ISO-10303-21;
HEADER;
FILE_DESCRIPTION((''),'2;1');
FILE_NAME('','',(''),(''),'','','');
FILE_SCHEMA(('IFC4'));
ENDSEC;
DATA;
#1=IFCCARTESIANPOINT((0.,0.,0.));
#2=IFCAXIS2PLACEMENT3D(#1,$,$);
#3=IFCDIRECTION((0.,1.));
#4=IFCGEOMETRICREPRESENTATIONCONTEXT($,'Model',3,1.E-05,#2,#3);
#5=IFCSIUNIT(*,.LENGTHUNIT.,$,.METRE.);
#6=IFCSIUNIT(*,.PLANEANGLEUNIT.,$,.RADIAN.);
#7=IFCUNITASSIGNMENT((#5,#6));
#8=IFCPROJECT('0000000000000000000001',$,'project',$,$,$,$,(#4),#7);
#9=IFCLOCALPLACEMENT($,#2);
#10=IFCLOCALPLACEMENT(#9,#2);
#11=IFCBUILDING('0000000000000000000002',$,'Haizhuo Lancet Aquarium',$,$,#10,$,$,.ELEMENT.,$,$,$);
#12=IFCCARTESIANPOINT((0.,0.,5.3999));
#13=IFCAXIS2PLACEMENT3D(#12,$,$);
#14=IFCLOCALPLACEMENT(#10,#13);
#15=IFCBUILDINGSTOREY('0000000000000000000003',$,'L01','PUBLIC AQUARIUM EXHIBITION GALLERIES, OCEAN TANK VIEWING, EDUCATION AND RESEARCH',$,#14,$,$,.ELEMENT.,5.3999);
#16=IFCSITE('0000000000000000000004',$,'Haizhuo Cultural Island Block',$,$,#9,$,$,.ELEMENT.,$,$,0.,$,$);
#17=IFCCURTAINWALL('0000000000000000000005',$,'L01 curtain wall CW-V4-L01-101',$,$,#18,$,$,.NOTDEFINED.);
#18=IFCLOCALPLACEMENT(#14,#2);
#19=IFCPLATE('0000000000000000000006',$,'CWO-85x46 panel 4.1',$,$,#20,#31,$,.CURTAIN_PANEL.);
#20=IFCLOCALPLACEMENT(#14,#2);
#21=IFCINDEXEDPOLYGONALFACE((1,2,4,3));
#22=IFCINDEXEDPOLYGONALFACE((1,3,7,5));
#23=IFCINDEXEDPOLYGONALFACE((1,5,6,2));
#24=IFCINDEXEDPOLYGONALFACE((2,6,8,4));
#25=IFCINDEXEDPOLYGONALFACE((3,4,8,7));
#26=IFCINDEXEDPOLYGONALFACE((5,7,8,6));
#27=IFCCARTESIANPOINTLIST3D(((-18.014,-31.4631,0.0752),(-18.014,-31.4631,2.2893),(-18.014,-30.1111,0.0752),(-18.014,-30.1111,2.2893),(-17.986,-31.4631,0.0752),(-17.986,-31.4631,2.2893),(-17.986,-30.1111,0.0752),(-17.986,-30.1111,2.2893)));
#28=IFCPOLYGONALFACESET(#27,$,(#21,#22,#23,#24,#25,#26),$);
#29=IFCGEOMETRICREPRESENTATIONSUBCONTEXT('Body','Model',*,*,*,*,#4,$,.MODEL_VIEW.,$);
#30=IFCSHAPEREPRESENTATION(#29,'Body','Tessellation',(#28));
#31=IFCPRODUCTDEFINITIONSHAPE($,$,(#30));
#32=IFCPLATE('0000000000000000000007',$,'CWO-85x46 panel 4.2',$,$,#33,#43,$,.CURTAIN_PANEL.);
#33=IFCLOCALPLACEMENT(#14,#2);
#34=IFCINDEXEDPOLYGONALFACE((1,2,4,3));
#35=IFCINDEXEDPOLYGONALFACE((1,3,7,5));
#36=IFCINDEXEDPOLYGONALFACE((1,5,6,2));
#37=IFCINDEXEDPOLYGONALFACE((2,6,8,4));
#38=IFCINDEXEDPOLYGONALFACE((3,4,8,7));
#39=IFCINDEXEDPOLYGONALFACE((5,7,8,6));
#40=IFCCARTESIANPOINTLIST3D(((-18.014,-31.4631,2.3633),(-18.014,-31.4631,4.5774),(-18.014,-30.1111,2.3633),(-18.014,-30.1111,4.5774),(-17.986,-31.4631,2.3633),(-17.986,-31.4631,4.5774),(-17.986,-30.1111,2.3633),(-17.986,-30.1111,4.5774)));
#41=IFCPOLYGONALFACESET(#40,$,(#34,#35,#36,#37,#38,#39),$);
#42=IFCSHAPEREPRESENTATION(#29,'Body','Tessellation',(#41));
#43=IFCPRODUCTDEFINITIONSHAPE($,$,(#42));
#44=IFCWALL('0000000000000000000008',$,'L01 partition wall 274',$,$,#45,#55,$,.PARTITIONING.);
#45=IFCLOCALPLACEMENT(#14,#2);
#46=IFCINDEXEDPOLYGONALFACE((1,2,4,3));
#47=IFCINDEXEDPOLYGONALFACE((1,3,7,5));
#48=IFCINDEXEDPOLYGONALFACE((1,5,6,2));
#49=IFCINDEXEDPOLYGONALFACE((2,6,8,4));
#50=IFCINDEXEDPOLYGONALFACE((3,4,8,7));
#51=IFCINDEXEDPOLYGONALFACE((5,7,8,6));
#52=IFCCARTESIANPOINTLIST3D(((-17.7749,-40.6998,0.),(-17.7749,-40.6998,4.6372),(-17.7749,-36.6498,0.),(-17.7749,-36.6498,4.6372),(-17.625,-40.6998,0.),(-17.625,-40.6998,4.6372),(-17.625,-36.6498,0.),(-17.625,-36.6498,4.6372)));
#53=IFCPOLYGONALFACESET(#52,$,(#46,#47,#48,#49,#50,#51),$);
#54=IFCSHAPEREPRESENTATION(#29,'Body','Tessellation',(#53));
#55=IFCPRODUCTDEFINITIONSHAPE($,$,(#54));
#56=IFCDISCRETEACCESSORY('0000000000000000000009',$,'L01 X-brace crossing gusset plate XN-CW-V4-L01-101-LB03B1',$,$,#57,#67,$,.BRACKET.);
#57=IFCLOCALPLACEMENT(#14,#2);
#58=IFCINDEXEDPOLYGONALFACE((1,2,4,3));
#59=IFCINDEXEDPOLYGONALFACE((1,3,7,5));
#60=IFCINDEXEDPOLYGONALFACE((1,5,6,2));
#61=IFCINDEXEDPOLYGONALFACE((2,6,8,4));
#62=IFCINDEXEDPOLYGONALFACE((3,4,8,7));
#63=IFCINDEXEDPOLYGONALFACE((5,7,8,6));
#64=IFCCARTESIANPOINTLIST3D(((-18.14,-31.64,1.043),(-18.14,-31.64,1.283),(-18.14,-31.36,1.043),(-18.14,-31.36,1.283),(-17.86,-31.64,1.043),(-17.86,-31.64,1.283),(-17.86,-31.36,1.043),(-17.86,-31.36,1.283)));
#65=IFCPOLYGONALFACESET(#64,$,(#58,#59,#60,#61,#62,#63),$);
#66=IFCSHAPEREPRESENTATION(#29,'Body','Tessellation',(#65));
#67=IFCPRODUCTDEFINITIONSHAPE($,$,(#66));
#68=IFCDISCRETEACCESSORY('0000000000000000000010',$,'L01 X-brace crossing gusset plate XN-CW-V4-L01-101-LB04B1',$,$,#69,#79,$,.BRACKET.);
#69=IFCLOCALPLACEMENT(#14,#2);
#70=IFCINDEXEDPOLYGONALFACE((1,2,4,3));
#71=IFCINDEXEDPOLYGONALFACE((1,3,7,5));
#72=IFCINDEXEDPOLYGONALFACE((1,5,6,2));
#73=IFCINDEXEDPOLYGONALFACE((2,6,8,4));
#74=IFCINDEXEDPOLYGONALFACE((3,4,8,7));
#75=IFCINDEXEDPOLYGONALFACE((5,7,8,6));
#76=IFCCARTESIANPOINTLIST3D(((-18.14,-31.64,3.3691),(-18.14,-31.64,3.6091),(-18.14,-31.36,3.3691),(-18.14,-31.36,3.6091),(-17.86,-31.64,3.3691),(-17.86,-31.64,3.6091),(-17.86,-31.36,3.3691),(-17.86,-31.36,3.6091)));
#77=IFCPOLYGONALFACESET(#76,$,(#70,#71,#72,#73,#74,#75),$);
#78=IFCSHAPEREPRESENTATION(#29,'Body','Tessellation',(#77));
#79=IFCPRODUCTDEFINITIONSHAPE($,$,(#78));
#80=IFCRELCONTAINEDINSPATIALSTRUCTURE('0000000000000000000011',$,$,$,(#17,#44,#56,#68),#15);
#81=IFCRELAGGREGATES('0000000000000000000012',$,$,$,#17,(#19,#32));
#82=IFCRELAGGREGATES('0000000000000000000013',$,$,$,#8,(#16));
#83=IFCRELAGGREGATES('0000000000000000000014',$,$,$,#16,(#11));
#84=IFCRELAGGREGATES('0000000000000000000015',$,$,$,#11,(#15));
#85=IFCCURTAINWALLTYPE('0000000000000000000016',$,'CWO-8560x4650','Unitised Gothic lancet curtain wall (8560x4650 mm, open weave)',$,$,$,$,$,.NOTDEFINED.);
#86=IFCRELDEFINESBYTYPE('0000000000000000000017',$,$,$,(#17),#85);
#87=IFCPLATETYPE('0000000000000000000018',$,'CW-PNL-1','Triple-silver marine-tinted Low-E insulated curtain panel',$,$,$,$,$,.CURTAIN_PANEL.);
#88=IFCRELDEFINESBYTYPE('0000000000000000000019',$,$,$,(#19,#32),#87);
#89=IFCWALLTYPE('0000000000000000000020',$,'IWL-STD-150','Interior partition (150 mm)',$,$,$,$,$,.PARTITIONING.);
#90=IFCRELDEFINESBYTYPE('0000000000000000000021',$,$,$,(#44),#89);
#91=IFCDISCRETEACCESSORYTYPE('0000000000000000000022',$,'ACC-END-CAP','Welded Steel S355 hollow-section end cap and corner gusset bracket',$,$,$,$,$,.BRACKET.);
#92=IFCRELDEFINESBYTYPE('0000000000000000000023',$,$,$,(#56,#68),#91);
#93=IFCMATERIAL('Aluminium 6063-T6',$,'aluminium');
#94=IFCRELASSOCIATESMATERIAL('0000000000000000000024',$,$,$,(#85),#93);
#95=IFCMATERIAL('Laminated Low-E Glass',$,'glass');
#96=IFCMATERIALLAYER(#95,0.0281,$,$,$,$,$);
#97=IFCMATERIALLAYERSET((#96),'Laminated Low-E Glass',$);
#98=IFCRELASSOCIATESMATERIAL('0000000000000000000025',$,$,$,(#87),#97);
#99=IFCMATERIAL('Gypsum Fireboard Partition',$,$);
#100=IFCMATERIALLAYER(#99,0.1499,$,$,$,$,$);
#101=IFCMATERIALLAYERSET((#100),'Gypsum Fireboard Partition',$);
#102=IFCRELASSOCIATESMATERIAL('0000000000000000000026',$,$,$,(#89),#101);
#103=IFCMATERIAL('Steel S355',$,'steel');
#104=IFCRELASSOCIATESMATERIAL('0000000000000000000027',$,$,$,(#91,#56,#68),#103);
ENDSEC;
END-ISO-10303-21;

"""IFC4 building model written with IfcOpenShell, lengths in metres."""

from ifc_helpers import new_model, si_unit, direction, frame, frame_2d, origin, origin_2d, place, context, subcontext, project, spatial, rectangle, extrude, material, layer, layer_set, type_object, element, aggregate, save


model = new_model("IFC4")

# Units and contexts
model_context = context("Model", 3, precision=1e-05, world=origin(), true_north=direction((0.0, 1.0)))
body_context = subcontext(model_context, "Body", "Model", "MODEL_VIEW")
ifc_project = project(units=[si_unit("LENGTHUNIT", "METRE"), si_unit("PLANEANGLEUNIT", "RADIAN")], contexts=[model_context])

# Site, building, storey
site_placement = place(None, origin())
site = spatial("IfcSite", under=ifc_project, at=site_placement, Name="Haizhuo Cultural Island Block", CompositionType="ELEMENT", RefElevation=0.0)
building_placement = place(site_placement, origin())
building = spatial("IfcBuilding", under=site, at=building_placement, Name="Haizhuo Lancet Aquarium", CompositionType="ELEMENT")
storey_placement = place(building_placement, frame((0.0, 0.0, 5.3999)))
storey = spatial("IfcBuildingStorey", under=building, at=storey_placement, Name="L01", Description="PUBLIC AQUARIUM EXHIBITION GALLERIES, OCEAN TANK VIEWING, EDUCATION AND RESEARCH", CompositionType="ELEMENT", Elevation=5.3999)

# Curtain wall
ifc_material_1 = material(Name="Aluminium 6063-T6", Category="aluminium")
curtain_wall_type = type_object("IfcCurtainWallType", Name="CWO-8560x4650", Description="Unitised Gothic lancet curtain wall (8560x4650 mm, open weave)", PredefinedType="NOTDEFINED", material=ifc_material_1)
curtain_wall_placement = place(storey_placement, origin())
curtain_wall = element("IfcCurtainWall", 1, at=curtain_wall_placement, inside=storey, type_object=curtain_wall_type, Name="L01 curtain wall CW-V4-L01-101", PredefinedType="NOTDEFINED")

# Shared definitions
ifc_material_2 = material(Name="Steel S355", Category="steel")

# Plates
ifc_material_3 = material(Name="Laminated Low-E Glass", Category="glass")
ifc_layer_1 = layer(ifc_material_3, 0.0281)
ifc_layer_set_1 = layer_set([ifc_layer_1], Name="Laminated Low-E Glass")
plate_type = type_object("IfcPlateType", Name="CW-PNL-1", Description="Triple-silver marine-tinted Low-E insulated curtain panel", PredefinedType="CURTAIN_PANEL", material=ifc_layer_set_1)
plate_1_placement = place(storey_placement, frame((-18.0, -30.7871, 0.0752), z_axis=(0.0, 0.0, 1.0), x_axis=(0.0, 1.0, 0.0)))
plate_1 = element("IfcPlate", 2, at=plate_1_placement, type_object=plate_type, Name="CWO-85x46 panel 4.1", PredefinedType="CURTAIN_PANEL", context=body_context, shape_type="SweptSolid", body=[
    extrude(rectangle(XDim=1.3521, YDim=0.0281, at=origin_2d()), origin(), (0.0, 0.0, 1.0), 2.2141),
])
plate_2_placement = place(storey_placement, frame((-18.0, -30.7871, 2.3633), z_axis=(0.0, 0.0, 1.0), x_axis=(0.0, 1.0, 0.0)))
plate_2 = element("IfcPlate", 3, at=plate_2_placement, type_object=plate_type, Name="CWO-85x46 panel 4.2", PredefinedType="CURTAIN_PANEL", context=body_context, shape_type="SweptSolid", body=[
    extrude(rectangle(XDim=1.3521, YDim=0.0281, at=origin_2d()), origin(), (0.0, 0.0, 1.0), 2.2141),
])
aggregate(curtain_wall, [plate_1, plate_2])

# Wall
ifc_material_4 = material(Name="Gypsum Fireboard Partition")
ifc_layer_2 = layer(ifc_material_4, 0.1499)
ifc_layer_set_2 = layer_set([ifc_layer_2], Name="Gypsum Fireboard Partition")
wall_type = type_object("IfcWallType", Name="IWL-STD-150", Description="Interior partition (150 mm)", PredefinedType="PARTITIONING", material=ifc_layer_set_2)
wall_placement = place(storey_placement, frame((-17.7, -36.6499, 0.0), z_axis=(0.0, 0.0, 1.0), x_axis=(0.0, -1.0, 0.0)))
element("IfcWall", 4, at=wall_placement, inside=storey, type_object=wall_type, Name="L01 partition wall 274", PredefinedType="PARTITIONING", context=body_context, shape_type="SweptSolid", body=[
    extrude(rectangle(XDim=4.05, YDim=0.1499, at=frame_2d((2.0249, 0.0))), origin(), (0.0, 0.0, 1.0), 4.6372),
])

# Discrete accessories
discrete_accessory_type = type_object("IfcDiscreteAccessoryType", Name="ACC-END-CAP", Description="Welded Steel S355 hollow-section end cap and corner gusset bracket", PredefinedType="BRACKET", material=ifc_material_2)
for number, where, z_axis, x_axis, name in (
    (5, (-18.0, -31.5, 1.043), (0.0, 0.0, 1.0), (1.0, 0.0, 0.0), "L01 X-brace crossing gusset plate XN-CW-V4-L01-101-LB03B1"),
    (6, (-18.0, -31.5, 3.3691), (0.0, 0.0, 1.0), (1.0, 0.0, 0.0), "L01 X-brace crossing gusset plate XN-CW-V4-L01-101-LB04B1"),
):
    element("IfcDiscreteAccessory", number, at=place(storey_placement, frame(where, z_axis=z_axis, x_axis=x_axis)), inside=storey, type_object=discrete_accessory_type, material=ifc_material_2, Name=name, PredefinedType="BRACKET", context=body_context, shape_type="SweptSolid", body=[
        extrude(rectangle(XDim=0.28, YDim=0.28, at=origin_2d()), origin(), (0.0, 0.0, 1.0), 0.24),
    ])

save(model, "model.ifc")
